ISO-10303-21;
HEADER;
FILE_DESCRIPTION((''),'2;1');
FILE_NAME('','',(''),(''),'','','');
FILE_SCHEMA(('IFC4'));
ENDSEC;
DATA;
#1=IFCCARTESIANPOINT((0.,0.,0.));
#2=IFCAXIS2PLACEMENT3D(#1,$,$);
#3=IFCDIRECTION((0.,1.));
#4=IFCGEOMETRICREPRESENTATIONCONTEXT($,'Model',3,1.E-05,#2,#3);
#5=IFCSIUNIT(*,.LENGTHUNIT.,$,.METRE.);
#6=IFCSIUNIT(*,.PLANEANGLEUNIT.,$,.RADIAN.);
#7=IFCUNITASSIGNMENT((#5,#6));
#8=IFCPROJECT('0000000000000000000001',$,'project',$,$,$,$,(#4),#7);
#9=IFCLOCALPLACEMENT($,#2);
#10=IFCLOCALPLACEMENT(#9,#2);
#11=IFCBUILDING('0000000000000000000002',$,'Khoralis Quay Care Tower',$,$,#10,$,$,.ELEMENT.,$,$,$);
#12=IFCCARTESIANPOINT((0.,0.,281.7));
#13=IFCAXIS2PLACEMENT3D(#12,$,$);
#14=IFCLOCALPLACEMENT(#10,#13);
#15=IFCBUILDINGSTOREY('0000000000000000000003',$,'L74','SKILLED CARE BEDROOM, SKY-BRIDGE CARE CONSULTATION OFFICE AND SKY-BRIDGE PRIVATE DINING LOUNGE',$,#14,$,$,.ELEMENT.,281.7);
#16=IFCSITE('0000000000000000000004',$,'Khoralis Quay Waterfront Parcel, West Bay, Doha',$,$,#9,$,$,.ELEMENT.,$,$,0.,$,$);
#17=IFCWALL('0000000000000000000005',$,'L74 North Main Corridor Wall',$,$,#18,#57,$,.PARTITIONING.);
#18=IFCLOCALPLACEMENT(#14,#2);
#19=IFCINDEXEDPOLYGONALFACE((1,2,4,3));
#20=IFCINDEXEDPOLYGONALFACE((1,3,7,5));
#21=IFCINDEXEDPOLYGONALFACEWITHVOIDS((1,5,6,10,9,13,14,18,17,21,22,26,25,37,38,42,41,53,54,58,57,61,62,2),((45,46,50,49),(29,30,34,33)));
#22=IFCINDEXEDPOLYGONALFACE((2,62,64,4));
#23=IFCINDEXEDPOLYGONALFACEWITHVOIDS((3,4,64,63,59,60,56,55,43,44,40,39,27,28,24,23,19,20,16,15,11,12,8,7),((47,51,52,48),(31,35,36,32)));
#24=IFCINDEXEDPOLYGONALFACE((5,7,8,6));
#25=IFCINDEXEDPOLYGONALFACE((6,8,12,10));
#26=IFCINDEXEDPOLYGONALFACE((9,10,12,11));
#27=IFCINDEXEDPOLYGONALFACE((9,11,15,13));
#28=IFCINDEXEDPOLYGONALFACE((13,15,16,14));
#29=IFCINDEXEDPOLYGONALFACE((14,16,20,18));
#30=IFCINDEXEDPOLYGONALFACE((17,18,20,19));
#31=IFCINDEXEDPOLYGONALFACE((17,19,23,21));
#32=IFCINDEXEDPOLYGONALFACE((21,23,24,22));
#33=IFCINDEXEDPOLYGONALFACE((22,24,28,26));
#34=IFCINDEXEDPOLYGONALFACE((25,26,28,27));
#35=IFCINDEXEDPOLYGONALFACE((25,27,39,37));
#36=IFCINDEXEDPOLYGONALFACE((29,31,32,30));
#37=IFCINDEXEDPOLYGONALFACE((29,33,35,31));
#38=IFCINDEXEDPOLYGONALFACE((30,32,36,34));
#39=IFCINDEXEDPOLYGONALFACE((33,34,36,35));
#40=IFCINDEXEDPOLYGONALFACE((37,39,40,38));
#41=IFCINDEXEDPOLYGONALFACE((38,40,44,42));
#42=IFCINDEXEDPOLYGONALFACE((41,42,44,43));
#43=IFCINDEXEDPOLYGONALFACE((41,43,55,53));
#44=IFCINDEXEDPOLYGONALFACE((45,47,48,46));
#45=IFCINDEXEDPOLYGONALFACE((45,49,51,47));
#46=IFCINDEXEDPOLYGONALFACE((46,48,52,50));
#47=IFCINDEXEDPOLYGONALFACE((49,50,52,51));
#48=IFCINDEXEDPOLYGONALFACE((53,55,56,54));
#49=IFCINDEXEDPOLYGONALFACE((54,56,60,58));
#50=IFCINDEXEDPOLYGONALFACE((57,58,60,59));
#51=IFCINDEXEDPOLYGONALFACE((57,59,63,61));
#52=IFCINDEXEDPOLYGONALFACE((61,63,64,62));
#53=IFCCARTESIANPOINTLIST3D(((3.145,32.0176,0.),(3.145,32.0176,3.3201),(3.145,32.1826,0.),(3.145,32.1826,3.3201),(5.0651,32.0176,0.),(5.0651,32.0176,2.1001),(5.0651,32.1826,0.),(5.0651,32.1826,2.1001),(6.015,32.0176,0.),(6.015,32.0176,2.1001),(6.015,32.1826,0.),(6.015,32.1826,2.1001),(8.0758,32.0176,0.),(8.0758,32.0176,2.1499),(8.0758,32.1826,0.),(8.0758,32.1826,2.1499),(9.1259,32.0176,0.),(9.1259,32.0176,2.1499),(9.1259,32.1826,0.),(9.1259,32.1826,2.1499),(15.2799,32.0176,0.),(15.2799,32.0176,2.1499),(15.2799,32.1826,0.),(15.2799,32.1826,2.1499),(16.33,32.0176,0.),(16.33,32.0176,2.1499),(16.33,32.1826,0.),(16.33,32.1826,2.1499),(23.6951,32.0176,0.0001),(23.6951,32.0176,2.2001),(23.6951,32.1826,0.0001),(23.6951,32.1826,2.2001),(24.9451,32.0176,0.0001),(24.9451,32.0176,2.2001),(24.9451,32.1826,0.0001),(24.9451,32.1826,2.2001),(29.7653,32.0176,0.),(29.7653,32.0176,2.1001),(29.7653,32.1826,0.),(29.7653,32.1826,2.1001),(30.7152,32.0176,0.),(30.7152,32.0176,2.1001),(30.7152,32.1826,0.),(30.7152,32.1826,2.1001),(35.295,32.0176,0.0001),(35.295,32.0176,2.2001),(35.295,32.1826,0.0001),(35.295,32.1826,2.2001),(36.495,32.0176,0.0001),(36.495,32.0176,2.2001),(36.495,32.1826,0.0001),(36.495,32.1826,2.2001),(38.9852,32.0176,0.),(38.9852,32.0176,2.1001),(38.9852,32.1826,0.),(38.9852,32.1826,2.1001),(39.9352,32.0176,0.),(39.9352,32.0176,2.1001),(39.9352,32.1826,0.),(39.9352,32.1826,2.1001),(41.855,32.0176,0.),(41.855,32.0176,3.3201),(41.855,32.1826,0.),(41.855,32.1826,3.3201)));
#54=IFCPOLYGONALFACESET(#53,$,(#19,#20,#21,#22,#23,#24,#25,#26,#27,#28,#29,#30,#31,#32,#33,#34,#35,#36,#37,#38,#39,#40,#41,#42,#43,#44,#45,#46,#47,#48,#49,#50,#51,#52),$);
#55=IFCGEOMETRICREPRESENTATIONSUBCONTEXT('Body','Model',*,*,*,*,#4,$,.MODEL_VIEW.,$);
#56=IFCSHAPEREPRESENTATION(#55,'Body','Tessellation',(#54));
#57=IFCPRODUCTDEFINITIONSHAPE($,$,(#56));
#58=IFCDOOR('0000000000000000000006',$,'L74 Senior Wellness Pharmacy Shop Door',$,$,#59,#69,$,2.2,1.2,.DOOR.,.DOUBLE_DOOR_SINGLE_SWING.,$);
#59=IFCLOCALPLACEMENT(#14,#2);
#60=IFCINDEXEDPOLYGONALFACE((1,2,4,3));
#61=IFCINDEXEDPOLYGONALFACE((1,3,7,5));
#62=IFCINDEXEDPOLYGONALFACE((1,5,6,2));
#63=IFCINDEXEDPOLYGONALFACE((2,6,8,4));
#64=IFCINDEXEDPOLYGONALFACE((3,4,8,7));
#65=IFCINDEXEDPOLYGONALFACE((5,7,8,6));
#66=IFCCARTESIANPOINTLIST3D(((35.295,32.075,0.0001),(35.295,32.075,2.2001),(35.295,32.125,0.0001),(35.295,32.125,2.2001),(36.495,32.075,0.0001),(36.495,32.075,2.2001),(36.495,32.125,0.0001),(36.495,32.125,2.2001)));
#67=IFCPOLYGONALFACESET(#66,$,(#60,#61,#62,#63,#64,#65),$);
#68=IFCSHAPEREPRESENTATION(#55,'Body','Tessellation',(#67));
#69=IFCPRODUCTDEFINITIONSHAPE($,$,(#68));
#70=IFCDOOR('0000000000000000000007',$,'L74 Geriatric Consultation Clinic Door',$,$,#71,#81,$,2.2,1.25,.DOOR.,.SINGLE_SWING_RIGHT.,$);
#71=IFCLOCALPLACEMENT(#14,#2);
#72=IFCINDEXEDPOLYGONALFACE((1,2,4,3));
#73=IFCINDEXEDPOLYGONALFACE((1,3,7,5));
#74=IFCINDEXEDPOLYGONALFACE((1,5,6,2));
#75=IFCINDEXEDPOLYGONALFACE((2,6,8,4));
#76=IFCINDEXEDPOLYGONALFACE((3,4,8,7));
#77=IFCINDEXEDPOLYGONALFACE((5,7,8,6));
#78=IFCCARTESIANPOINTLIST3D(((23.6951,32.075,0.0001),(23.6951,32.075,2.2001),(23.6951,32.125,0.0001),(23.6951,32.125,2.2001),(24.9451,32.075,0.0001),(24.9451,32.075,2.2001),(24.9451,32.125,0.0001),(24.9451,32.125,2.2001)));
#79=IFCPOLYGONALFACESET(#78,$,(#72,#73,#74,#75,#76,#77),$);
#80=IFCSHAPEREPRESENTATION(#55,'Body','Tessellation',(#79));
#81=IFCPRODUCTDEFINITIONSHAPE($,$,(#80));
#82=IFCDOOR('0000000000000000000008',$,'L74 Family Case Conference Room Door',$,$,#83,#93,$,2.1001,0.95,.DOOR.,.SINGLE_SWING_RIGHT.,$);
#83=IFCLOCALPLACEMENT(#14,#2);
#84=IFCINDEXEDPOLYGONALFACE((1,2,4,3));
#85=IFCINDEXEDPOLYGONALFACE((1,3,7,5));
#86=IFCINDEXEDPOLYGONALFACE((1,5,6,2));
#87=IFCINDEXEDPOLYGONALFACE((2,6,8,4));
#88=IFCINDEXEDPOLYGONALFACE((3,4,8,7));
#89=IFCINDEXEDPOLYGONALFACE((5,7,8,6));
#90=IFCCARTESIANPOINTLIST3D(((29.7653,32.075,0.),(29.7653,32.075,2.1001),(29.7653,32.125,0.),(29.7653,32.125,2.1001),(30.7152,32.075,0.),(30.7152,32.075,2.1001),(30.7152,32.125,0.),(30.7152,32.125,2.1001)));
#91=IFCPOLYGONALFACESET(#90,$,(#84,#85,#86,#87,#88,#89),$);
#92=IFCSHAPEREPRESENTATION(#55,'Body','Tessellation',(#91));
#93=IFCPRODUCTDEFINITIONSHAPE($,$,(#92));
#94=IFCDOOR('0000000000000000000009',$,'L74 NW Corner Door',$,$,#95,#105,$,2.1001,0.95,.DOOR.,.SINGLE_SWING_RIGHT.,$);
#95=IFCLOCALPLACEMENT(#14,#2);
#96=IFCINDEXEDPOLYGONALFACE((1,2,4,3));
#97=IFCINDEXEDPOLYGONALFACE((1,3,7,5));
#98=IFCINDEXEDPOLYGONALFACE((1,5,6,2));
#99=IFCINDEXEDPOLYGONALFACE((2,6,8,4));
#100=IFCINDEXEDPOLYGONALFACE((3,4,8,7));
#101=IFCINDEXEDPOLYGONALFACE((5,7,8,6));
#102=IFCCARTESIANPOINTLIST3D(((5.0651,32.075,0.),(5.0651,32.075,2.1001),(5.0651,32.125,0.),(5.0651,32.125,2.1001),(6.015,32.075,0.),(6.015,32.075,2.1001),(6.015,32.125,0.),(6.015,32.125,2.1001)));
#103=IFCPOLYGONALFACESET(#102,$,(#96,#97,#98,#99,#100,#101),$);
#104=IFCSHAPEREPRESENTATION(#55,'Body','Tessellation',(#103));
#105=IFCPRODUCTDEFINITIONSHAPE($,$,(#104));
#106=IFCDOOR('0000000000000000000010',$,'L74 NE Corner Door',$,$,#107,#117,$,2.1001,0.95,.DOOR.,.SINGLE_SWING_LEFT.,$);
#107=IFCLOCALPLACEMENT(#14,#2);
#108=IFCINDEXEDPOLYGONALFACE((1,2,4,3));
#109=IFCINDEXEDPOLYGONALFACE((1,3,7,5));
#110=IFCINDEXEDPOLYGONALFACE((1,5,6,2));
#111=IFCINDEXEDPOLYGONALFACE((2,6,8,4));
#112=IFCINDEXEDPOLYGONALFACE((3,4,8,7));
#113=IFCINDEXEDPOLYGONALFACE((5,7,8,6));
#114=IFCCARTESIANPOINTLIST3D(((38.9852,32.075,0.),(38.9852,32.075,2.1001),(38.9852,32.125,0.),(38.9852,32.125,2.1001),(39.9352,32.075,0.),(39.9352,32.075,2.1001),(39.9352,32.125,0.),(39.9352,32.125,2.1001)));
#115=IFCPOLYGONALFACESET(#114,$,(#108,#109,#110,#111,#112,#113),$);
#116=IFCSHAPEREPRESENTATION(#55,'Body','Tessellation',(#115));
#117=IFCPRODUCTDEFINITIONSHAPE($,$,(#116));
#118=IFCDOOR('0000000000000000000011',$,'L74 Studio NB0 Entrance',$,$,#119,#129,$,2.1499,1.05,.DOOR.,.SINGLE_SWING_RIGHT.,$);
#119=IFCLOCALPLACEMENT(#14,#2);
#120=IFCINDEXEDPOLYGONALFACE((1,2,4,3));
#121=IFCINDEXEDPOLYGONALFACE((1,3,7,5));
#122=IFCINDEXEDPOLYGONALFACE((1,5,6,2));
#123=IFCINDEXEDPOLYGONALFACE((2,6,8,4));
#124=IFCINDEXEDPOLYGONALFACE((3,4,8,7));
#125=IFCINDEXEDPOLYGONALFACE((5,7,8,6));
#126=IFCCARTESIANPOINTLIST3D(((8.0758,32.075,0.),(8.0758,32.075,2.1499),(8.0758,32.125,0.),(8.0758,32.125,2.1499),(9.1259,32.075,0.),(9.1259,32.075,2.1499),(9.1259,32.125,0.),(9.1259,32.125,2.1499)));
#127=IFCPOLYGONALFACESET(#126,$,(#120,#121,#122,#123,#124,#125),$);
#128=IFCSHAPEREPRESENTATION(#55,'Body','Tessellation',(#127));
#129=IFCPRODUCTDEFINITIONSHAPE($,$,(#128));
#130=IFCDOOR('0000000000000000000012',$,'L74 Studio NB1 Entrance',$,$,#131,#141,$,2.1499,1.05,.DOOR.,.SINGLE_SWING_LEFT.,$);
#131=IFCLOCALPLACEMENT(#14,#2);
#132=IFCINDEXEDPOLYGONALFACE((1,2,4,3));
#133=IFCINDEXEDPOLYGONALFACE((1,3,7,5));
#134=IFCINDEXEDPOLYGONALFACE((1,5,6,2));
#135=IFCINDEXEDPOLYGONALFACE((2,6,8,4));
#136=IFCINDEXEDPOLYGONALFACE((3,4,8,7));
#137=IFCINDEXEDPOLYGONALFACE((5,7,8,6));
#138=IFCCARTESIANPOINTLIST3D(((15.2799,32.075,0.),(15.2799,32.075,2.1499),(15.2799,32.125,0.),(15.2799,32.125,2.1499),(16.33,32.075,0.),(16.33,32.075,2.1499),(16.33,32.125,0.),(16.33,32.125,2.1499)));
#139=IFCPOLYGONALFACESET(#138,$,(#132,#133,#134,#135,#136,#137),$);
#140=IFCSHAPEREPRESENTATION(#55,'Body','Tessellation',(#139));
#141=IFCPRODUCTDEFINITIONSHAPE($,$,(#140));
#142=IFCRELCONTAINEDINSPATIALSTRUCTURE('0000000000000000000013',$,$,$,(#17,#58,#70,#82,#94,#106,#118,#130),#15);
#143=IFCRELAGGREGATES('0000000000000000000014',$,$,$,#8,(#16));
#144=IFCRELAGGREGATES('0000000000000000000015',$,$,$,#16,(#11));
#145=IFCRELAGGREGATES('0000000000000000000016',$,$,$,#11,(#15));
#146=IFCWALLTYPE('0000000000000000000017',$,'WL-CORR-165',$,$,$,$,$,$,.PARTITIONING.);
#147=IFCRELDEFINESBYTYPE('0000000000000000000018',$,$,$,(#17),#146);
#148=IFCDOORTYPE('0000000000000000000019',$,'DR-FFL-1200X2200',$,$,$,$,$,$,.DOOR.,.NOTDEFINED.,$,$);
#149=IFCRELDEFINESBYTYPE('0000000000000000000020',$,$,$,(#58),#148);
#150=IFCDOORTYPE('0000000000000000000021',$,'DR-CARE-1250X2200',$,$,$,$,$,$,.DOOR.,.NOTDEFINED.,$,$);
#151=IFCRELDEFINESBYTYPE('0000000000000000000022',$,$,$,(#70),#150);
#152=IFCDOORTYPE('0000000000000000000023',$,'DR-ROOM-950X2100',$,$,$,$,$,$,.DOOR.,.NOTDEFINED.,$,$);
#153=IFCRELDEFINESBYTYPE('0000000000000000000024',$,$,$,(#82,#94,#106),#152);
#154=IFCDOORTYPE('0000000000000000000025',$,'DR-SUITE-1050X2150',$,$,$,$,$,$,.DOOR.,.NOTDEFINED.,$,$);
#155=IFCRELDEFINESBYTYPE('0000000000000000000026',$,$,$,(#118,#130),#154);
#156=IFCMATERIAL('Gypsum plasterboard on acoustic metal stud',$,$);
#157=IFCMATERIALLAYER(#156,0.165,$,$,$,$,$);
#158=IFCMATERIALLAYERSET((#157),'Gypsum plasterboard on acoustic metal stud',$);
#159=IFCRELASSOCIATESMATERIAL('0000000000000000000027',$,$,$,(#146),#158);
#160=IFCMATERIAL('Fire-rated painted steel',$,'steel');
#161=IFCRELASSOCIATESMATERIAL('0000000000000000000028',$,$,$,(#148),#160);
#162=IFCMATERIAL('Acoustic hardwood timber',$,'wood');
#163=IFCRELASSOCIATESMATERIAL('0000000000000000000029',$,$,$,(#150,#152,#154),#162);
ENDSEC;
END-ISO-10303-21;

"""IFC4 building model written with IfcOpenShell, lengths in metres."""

from ifc_helpers import new_model, si_unit, direction, frame, frame_2d, origin, place, context, subcontext, project, spatial, rectangle, extrude, source, transform, mapped, material, layer, layer_set, type_object, element, fill, save


model = new_model("IFC4")

# Units and contexts
model_context = context("Model", 3, precision=1e-05, world=origin(), true_north=direction((0.0, 1.0)))
body_context = subcontext(model_context, "Body", "Model", "MODEL_VIEW")
ifc_project = project(units=[si_unit("LENGTHUNIT", "METRE"), si_unit("PLANEANGLEUNIT", "RADIAN")], contexts=[model_context])

# Site, building, storey
site_placement = place(None, origin())
site = spatial("IfcSite", under=ifc_project, at=site_placement, Name="Khoralis Quay Waterfront Parcel, West Bay, Doha", CompositionType="ELEMENT", RefElevation=0.0)
building_placement = place(site_placement, origin())
building = spatial("IfcBuilding", under=site, at=building_placement, Name="Khoralis Quay Care Tower", CompositionType="ELEMENT")
storey_placement = place(building_placement, frame((0.0, 0.0, 281.7)))
storey = spatial("IfcBuildingStorey", under=building, at=storey_placement, Name="L74", Description="SKILLED CARE BEDROOM, SKY-BRIDGE CARE CONSULTATION OFFICE AND SKY-BRIDGE PRIVATE DINING LOUNGE", CompositionType="ELEMENT", Elevation=281.7)

# Shared definitions
ifc_material_1 = material(Name="Gypsum plasterboard on acoustic metal stud")
ifc_layer_1 = layer(ifc_material_1, 0.165)
ifc_layer_set_1 = layer_set([ifc_layer_1], Name="Gypsum plasterboard on acoustic metal stud")
wall_type_1 = type_object("IfcWallType", Name="WL-CORR-165", PredefinedType="PARTITIONING", material=ifc_layer_set_1)
ifc_material_2 = material(Name="Fire-rated painted steel", Category="steel")
door_type_1 = type_object("IfcDoorType", Name="DR-FFL-1200X2200", OperationType="NOTDEFINED", PredefinedType="DOOR", material=ifc_material_2)
shared_shape_1 = source(origin(), body_context, "Body", "SweptSolid", [
    extrude(rectangle(XDim=1.2, YDim=2.2, at=frame_2d((0.6001, 1.1001))), frame((0.0, 0.0249, 0.0), z_axis=(0.0, -1.0, 0.0), x_axis=(1.0, 0.0, 0.0)), (0.0, 0.0, 1.0), 0.05),
])

# Wall, openings, doors
wall_1_placement = place(storey_placement, frame((3.145, 32.1001, 0.0), z_axis=(0.0, 0.0, 1.0), x_axis=(1.0, 0.0, 0.0)))
wall_1 = element("IfcWall", 1, at=wall_1_placement, inside=storey, type_object=wall_type_1, Name="L74 North Main Corridor Wall", PredefinedType="PARTITIONING", context=body_context, shape_type="SweptSolid", body=[
    extrude(rectangle(XDim=38.71, YDim=0.165, at=frame_2d((19.355, 0.0))), origin(), (0.0, 0.0, 1.0), 3.3201),
])
opening_1_placement = place(wall_1_placement, frame((4.9309, 0.0, 0.0)))
opening_1 = element("IfcOpeningElement", 2, at=opening_1_placement, cuts=wall_1, PredefinedType="OPENING", context=body_context, shape_type="SweptSolid", body=[
    extrude(rectangle(XDim=1.05, YDim=2.1499, at=frame_2d((0.5249, 1.075))), frame((0.0, 0.0925, 0.0), z_axis=(0.0, -1.0, 0.0), x_axis=(1.0, 0.0, 0.0)), (0.0, 0.0, 1.0), 0.1851),
])
opening_2_placement = place(wall_1_placement, frame((12.135, 0.0, 0.0)))
opening_2 = element("IfcOpeningElement", 3, at=opening_2_placement, cuts=wall_1, PredefinedType="OPENING", context=body_context, shape_type="SweptSolid", body=[
    extrude(rectangle(XDim=1.05, YDim=2.1499, at=frame_2d((0.5249, 1.075))), frame((0.0, 0.0925, 0.0), z_axis=(0.0, -1.0, 0.0), x_axis=(1.0, 0.0, 0.0)), (0.0, 0.0, 1.0), 0.1851),
])
opening_3_placement = place(wall_1_placement, frame((20.55, 0.0, 0.0)))
opening_3 = element("IfcOpeningElement", 4, at=opening_3_placement, cuts=wall_1, PredefinedType="OPENING", context=body_context, shape_type="SweptSolid", body=[
    extrude(rectangle(XDim=1.25, YDim=2.2, at=frame_2d((0.625, 1.1001))), frame((0.0, 0.0925, 0.0), z_axis=(0.0, -1.0, 0.0), x_axis=(1.0, 0.0, 0.0)), (0.0, 0.0, 1.0), 0.1851),
])
opening_4_placement = place(wall_1_placement, frame((26.6201, 0.0, 0.0)))
opening_4 = element("IfcOpeningElement", 5, at=opening_4_placement, cuts=wall_1, PredefinedType="OPENING", context=body_context, shape_type="SweptSolid", body=[
    extrude(rectangle(XDim=0.95, YDim=2.1001, at=frame_2d((0.4751, 1.05))), frame((0.0, 0.0925, 0.0), z_axis=(0.0, -1.0, 0.0), x_axis=(1.0, 0.0, 0.0)), (0.0, 0.0, 1.0), 0.1851),
])
opening_5_placement = place(wall_1_placement, frame((32.1499, 0.0, 0.0)))
opening_5 = element("IfcOpeningElement", 6, at=opening_5_placement, cuts=wall_1, PredefinedType="OPENING", context=body_context, shape_type="SweptSolid", body=[
    extrude(rectangle(XDim=1.2, YDim=2.2, at=frame_2d((0.6001, 1.1001))), frame((0.0, 0.0925, 0.0), z_axis=(0.0, -1.0, 0.0), x_axis=(1.0, 0.0, 0.0)), (0.0, 0.0, 1.0), 0.1851),
])
opening_6_placement = place(wall_1_placement, frame((1.9199, 0.0, 0.0)))
opening_6 = element("IfcOpeningElement", 7, at=opening_6_placement, cuts=wall_1, PredefinedType="OPENING", context=body_context, shape_type="SweptSolid", body=[
    extrude(rectangle(XDim=0.95, YDim=2.1001, at=frame_2d((0.4751, 1.05))), frame((0.0, 0.0925, 0.0), z_axis=(0.0, -1.0, 0.0), x_axis=(1.0, 0.0, 0.0)), (0.0, 0.0, 1.0), 0.1851),
])
opening_7_placement = place(wall_1_placement, frame((35.8401, 0.0, 0.0)))
opening_7 = element("IfcOpeningElement", 8, at=opening_7_placement, cuts=wall_1, PredefinedType="OPENING", context=body_context, shape_type="SweptSolid", body=[
    extrude(rectangle(XDim=0.95, YDim=2.1001, at=frame_2d((0.4751, 1.05))), frame((0.0, 0.0925, 0.0), z_axis=(0.0, -1.0, 0.0), x_axis=(1.0, 0.0, 0.0)), (0.0, 0.0, 1.0), 0.1851),
])
door_1_placement = place(opening_5_placement, origin())
door_1 = element("IfcDoor", 9, at=door_1_placement, inside=storey, type_object=door_type_1, Name="L74 Senior Wellness Pharmacy Shop Door", OperationType="DOUBLE_DOOR_SINGLE_SWING", OverallHeight=2.2, OverallWidth=1.2, PredefinedType="DOOR", context=body_context, shape_type="MappedRepresentation", body=[
    mapped(shared_shape_1, transform((0.0, 0.0, 0.0), scale=1.0)),
])
fill(opening_5, door_1)
ifc_material_3 = material(Name="Acoustic hardwood timber", Category="wood")
door_type_2 = type_object("IfcDoorType", Name="DR-CARE-1250X2200", OperationType="NOTDEFINED", PredefinedType="DOOR", material=ifc_material_3)
shared_shape_2 = source(origin(), body_context, "Body", "SweptSolid", [
    extrude(rectangle(XDim=1.25, YDim=2.2, at=frame_2d((0.625, 1.1001))), frame((0.0, 0.0249, 0.0), z_axis=(0.0, -1.0, 0.0), x_axis=(1.0, 0.0, 0.0)), (0.0, 0.0, 1.0), 0.05),
])
door_2_placement = place(opening_3_placement, origin())
door_2 = element("IfcDoor", 10, at=door_2_placement, inside=storey, type_object=door_type_2, Name="L74 Geriatric Consultation Clinic Door", OperationType="SINGLE_SWING_RIGHT", OverallHeight=2.2, OverallWidth=1.25, PredefinedType="DOOR", context=body_context, shape_type="MappedRepresentation", body=[
    mapped(shared_shape_2, transform((0.0, 0.0, 0.0), scale=1.0)),
])
fill(opening_3, door_2)
door_type_3 = type_object("IfcDoorType", Name="DR-ROOM-950X2100", OperationType="NOTDEFINED", PredefinedType="DOOR", material=ifc_material_3)
shared_shape_3 = source(origin(), body_context, "Body", "SweptSolid", [
    extrude(rectangle(XDim=0.95, YDim=2.1001, at=frame_2d((0.4751, 1.05))), frame((0.0, 0.0249, 0.0), z_axis=(0.0, -1.0, 0.0), x_axis=(1.0, 0.0, 0.0)), (0.0, 0.0, 1.0), 0.05),
])
door_3_placement = place(opening_4_placement, origin())
door_3 = element("IfcDoor", 11, at=door_3_placement, inside=storey, type_object=door_type_3, Name="L74 Family Case Conference Room Door", OperationType="SINGLE_SWING_RIGHT", OverallHeight=2.1001, OverallWidth=0.95, PredefinedType="DOOR", context=body_context, shape_type="MappedRepresentation", body=[
    mapped(shared_shape_3, transform((0.0, 0.0, 0.0), scale=1.0)),
])
fill(opening_4, door_3)
door_4_placement = place(opening_6_placement, origin())
door_4 = element("IfcDoor", 12, at=door_4_placement, inside=storey, type_object=door_type_3, Name="L74 NW Corner Door", OperationType="SINGLE_SWING_RIGHT", OverallHeight=2.1001, OverallWidth=0.95, PredefinedType="DOOR", context=body_context, shape_type="MappedRepresentation", body=[
    mapped(shared_shape_3, transform((0.0, 0.0, 0.0), scale=1.0)),
])
fill(opening_6, door_4)
door_5_placement = place(opening_7_placement, origin())
door_5 = element("IfcDoor", 13, at=door_5_placement, inside=storey, type_object=door_type_3, Name="L74 NE Corner Door", OperationType="SINGLE_SWING_LEFT", OverallHeight=2.1001, OverallWidth=0.95, PredefinedType="DOOR", context=body_context, shape_type="MappedRepresentation", body=[
    mapped(shared_shape_3, transform((0.0, 0.0, 0.0), scale=1.0)),
])
fill(opening_7, door_5)
door_type_4 = type_object("IfcDoorType", Name="DR-SUITE-1050X2150", OperationType="NOTDEFINED", PredefinedType="DOOR", material=ifc_material_3)
shared_shape_4 = source(origin(), body_context, "Body", "SweptSolid", [
    extrude(rectangle(XDim=1.05, YDim=2.1499, at=frame_2d((0.5249, 1.075))), frame((0.0, 0.0249, 0.0), z_axis=(0.0, -1.0, 0.0), x_axis=(1.0, 0.0, 0.0)), (0.0, 0.0, 1.0), 0.05),
])
door_6_placement = place(opening_1_placement, origin())
door_6 = element("IfcDoor", 14, at=door_6_placement, inside=storey, type_object=door_type_4, Name="L74 Studio NB0 Entrance", OperationType="SINGLE_SWING_RIGHT", OverallHeight=2.1499, OverallWidth=1.05, PredefinedType="DOOR", context=body_context, shape_type="MappedRepresentation", body=[
    mapped(shared_shape_4, transform((0.0, 0.0, 0.0), scale=1.0)),
])
fill(opening_1, door_6)
door_7_placement = place(opening_2_placement, origin())
door_7 = element("IfcDoor", 15, at=door_7_placement, inside=storey, type_object=door_type_4, Name="L74 Studio NB1 Entrance", OperationType="SINGLE_SWING_LEFT", OverallHeight=2.1499, OverallWidth=1.05, PredefinedType="DOOR", context=body_context, shape_type="MappedRepresentation", body=[
    mapped(shared_shape_4, transform((0.0, 0.0, 0.0), scale=1.0)),
])
fill(opening_2, door_7)

save(model, "model.ifc")
